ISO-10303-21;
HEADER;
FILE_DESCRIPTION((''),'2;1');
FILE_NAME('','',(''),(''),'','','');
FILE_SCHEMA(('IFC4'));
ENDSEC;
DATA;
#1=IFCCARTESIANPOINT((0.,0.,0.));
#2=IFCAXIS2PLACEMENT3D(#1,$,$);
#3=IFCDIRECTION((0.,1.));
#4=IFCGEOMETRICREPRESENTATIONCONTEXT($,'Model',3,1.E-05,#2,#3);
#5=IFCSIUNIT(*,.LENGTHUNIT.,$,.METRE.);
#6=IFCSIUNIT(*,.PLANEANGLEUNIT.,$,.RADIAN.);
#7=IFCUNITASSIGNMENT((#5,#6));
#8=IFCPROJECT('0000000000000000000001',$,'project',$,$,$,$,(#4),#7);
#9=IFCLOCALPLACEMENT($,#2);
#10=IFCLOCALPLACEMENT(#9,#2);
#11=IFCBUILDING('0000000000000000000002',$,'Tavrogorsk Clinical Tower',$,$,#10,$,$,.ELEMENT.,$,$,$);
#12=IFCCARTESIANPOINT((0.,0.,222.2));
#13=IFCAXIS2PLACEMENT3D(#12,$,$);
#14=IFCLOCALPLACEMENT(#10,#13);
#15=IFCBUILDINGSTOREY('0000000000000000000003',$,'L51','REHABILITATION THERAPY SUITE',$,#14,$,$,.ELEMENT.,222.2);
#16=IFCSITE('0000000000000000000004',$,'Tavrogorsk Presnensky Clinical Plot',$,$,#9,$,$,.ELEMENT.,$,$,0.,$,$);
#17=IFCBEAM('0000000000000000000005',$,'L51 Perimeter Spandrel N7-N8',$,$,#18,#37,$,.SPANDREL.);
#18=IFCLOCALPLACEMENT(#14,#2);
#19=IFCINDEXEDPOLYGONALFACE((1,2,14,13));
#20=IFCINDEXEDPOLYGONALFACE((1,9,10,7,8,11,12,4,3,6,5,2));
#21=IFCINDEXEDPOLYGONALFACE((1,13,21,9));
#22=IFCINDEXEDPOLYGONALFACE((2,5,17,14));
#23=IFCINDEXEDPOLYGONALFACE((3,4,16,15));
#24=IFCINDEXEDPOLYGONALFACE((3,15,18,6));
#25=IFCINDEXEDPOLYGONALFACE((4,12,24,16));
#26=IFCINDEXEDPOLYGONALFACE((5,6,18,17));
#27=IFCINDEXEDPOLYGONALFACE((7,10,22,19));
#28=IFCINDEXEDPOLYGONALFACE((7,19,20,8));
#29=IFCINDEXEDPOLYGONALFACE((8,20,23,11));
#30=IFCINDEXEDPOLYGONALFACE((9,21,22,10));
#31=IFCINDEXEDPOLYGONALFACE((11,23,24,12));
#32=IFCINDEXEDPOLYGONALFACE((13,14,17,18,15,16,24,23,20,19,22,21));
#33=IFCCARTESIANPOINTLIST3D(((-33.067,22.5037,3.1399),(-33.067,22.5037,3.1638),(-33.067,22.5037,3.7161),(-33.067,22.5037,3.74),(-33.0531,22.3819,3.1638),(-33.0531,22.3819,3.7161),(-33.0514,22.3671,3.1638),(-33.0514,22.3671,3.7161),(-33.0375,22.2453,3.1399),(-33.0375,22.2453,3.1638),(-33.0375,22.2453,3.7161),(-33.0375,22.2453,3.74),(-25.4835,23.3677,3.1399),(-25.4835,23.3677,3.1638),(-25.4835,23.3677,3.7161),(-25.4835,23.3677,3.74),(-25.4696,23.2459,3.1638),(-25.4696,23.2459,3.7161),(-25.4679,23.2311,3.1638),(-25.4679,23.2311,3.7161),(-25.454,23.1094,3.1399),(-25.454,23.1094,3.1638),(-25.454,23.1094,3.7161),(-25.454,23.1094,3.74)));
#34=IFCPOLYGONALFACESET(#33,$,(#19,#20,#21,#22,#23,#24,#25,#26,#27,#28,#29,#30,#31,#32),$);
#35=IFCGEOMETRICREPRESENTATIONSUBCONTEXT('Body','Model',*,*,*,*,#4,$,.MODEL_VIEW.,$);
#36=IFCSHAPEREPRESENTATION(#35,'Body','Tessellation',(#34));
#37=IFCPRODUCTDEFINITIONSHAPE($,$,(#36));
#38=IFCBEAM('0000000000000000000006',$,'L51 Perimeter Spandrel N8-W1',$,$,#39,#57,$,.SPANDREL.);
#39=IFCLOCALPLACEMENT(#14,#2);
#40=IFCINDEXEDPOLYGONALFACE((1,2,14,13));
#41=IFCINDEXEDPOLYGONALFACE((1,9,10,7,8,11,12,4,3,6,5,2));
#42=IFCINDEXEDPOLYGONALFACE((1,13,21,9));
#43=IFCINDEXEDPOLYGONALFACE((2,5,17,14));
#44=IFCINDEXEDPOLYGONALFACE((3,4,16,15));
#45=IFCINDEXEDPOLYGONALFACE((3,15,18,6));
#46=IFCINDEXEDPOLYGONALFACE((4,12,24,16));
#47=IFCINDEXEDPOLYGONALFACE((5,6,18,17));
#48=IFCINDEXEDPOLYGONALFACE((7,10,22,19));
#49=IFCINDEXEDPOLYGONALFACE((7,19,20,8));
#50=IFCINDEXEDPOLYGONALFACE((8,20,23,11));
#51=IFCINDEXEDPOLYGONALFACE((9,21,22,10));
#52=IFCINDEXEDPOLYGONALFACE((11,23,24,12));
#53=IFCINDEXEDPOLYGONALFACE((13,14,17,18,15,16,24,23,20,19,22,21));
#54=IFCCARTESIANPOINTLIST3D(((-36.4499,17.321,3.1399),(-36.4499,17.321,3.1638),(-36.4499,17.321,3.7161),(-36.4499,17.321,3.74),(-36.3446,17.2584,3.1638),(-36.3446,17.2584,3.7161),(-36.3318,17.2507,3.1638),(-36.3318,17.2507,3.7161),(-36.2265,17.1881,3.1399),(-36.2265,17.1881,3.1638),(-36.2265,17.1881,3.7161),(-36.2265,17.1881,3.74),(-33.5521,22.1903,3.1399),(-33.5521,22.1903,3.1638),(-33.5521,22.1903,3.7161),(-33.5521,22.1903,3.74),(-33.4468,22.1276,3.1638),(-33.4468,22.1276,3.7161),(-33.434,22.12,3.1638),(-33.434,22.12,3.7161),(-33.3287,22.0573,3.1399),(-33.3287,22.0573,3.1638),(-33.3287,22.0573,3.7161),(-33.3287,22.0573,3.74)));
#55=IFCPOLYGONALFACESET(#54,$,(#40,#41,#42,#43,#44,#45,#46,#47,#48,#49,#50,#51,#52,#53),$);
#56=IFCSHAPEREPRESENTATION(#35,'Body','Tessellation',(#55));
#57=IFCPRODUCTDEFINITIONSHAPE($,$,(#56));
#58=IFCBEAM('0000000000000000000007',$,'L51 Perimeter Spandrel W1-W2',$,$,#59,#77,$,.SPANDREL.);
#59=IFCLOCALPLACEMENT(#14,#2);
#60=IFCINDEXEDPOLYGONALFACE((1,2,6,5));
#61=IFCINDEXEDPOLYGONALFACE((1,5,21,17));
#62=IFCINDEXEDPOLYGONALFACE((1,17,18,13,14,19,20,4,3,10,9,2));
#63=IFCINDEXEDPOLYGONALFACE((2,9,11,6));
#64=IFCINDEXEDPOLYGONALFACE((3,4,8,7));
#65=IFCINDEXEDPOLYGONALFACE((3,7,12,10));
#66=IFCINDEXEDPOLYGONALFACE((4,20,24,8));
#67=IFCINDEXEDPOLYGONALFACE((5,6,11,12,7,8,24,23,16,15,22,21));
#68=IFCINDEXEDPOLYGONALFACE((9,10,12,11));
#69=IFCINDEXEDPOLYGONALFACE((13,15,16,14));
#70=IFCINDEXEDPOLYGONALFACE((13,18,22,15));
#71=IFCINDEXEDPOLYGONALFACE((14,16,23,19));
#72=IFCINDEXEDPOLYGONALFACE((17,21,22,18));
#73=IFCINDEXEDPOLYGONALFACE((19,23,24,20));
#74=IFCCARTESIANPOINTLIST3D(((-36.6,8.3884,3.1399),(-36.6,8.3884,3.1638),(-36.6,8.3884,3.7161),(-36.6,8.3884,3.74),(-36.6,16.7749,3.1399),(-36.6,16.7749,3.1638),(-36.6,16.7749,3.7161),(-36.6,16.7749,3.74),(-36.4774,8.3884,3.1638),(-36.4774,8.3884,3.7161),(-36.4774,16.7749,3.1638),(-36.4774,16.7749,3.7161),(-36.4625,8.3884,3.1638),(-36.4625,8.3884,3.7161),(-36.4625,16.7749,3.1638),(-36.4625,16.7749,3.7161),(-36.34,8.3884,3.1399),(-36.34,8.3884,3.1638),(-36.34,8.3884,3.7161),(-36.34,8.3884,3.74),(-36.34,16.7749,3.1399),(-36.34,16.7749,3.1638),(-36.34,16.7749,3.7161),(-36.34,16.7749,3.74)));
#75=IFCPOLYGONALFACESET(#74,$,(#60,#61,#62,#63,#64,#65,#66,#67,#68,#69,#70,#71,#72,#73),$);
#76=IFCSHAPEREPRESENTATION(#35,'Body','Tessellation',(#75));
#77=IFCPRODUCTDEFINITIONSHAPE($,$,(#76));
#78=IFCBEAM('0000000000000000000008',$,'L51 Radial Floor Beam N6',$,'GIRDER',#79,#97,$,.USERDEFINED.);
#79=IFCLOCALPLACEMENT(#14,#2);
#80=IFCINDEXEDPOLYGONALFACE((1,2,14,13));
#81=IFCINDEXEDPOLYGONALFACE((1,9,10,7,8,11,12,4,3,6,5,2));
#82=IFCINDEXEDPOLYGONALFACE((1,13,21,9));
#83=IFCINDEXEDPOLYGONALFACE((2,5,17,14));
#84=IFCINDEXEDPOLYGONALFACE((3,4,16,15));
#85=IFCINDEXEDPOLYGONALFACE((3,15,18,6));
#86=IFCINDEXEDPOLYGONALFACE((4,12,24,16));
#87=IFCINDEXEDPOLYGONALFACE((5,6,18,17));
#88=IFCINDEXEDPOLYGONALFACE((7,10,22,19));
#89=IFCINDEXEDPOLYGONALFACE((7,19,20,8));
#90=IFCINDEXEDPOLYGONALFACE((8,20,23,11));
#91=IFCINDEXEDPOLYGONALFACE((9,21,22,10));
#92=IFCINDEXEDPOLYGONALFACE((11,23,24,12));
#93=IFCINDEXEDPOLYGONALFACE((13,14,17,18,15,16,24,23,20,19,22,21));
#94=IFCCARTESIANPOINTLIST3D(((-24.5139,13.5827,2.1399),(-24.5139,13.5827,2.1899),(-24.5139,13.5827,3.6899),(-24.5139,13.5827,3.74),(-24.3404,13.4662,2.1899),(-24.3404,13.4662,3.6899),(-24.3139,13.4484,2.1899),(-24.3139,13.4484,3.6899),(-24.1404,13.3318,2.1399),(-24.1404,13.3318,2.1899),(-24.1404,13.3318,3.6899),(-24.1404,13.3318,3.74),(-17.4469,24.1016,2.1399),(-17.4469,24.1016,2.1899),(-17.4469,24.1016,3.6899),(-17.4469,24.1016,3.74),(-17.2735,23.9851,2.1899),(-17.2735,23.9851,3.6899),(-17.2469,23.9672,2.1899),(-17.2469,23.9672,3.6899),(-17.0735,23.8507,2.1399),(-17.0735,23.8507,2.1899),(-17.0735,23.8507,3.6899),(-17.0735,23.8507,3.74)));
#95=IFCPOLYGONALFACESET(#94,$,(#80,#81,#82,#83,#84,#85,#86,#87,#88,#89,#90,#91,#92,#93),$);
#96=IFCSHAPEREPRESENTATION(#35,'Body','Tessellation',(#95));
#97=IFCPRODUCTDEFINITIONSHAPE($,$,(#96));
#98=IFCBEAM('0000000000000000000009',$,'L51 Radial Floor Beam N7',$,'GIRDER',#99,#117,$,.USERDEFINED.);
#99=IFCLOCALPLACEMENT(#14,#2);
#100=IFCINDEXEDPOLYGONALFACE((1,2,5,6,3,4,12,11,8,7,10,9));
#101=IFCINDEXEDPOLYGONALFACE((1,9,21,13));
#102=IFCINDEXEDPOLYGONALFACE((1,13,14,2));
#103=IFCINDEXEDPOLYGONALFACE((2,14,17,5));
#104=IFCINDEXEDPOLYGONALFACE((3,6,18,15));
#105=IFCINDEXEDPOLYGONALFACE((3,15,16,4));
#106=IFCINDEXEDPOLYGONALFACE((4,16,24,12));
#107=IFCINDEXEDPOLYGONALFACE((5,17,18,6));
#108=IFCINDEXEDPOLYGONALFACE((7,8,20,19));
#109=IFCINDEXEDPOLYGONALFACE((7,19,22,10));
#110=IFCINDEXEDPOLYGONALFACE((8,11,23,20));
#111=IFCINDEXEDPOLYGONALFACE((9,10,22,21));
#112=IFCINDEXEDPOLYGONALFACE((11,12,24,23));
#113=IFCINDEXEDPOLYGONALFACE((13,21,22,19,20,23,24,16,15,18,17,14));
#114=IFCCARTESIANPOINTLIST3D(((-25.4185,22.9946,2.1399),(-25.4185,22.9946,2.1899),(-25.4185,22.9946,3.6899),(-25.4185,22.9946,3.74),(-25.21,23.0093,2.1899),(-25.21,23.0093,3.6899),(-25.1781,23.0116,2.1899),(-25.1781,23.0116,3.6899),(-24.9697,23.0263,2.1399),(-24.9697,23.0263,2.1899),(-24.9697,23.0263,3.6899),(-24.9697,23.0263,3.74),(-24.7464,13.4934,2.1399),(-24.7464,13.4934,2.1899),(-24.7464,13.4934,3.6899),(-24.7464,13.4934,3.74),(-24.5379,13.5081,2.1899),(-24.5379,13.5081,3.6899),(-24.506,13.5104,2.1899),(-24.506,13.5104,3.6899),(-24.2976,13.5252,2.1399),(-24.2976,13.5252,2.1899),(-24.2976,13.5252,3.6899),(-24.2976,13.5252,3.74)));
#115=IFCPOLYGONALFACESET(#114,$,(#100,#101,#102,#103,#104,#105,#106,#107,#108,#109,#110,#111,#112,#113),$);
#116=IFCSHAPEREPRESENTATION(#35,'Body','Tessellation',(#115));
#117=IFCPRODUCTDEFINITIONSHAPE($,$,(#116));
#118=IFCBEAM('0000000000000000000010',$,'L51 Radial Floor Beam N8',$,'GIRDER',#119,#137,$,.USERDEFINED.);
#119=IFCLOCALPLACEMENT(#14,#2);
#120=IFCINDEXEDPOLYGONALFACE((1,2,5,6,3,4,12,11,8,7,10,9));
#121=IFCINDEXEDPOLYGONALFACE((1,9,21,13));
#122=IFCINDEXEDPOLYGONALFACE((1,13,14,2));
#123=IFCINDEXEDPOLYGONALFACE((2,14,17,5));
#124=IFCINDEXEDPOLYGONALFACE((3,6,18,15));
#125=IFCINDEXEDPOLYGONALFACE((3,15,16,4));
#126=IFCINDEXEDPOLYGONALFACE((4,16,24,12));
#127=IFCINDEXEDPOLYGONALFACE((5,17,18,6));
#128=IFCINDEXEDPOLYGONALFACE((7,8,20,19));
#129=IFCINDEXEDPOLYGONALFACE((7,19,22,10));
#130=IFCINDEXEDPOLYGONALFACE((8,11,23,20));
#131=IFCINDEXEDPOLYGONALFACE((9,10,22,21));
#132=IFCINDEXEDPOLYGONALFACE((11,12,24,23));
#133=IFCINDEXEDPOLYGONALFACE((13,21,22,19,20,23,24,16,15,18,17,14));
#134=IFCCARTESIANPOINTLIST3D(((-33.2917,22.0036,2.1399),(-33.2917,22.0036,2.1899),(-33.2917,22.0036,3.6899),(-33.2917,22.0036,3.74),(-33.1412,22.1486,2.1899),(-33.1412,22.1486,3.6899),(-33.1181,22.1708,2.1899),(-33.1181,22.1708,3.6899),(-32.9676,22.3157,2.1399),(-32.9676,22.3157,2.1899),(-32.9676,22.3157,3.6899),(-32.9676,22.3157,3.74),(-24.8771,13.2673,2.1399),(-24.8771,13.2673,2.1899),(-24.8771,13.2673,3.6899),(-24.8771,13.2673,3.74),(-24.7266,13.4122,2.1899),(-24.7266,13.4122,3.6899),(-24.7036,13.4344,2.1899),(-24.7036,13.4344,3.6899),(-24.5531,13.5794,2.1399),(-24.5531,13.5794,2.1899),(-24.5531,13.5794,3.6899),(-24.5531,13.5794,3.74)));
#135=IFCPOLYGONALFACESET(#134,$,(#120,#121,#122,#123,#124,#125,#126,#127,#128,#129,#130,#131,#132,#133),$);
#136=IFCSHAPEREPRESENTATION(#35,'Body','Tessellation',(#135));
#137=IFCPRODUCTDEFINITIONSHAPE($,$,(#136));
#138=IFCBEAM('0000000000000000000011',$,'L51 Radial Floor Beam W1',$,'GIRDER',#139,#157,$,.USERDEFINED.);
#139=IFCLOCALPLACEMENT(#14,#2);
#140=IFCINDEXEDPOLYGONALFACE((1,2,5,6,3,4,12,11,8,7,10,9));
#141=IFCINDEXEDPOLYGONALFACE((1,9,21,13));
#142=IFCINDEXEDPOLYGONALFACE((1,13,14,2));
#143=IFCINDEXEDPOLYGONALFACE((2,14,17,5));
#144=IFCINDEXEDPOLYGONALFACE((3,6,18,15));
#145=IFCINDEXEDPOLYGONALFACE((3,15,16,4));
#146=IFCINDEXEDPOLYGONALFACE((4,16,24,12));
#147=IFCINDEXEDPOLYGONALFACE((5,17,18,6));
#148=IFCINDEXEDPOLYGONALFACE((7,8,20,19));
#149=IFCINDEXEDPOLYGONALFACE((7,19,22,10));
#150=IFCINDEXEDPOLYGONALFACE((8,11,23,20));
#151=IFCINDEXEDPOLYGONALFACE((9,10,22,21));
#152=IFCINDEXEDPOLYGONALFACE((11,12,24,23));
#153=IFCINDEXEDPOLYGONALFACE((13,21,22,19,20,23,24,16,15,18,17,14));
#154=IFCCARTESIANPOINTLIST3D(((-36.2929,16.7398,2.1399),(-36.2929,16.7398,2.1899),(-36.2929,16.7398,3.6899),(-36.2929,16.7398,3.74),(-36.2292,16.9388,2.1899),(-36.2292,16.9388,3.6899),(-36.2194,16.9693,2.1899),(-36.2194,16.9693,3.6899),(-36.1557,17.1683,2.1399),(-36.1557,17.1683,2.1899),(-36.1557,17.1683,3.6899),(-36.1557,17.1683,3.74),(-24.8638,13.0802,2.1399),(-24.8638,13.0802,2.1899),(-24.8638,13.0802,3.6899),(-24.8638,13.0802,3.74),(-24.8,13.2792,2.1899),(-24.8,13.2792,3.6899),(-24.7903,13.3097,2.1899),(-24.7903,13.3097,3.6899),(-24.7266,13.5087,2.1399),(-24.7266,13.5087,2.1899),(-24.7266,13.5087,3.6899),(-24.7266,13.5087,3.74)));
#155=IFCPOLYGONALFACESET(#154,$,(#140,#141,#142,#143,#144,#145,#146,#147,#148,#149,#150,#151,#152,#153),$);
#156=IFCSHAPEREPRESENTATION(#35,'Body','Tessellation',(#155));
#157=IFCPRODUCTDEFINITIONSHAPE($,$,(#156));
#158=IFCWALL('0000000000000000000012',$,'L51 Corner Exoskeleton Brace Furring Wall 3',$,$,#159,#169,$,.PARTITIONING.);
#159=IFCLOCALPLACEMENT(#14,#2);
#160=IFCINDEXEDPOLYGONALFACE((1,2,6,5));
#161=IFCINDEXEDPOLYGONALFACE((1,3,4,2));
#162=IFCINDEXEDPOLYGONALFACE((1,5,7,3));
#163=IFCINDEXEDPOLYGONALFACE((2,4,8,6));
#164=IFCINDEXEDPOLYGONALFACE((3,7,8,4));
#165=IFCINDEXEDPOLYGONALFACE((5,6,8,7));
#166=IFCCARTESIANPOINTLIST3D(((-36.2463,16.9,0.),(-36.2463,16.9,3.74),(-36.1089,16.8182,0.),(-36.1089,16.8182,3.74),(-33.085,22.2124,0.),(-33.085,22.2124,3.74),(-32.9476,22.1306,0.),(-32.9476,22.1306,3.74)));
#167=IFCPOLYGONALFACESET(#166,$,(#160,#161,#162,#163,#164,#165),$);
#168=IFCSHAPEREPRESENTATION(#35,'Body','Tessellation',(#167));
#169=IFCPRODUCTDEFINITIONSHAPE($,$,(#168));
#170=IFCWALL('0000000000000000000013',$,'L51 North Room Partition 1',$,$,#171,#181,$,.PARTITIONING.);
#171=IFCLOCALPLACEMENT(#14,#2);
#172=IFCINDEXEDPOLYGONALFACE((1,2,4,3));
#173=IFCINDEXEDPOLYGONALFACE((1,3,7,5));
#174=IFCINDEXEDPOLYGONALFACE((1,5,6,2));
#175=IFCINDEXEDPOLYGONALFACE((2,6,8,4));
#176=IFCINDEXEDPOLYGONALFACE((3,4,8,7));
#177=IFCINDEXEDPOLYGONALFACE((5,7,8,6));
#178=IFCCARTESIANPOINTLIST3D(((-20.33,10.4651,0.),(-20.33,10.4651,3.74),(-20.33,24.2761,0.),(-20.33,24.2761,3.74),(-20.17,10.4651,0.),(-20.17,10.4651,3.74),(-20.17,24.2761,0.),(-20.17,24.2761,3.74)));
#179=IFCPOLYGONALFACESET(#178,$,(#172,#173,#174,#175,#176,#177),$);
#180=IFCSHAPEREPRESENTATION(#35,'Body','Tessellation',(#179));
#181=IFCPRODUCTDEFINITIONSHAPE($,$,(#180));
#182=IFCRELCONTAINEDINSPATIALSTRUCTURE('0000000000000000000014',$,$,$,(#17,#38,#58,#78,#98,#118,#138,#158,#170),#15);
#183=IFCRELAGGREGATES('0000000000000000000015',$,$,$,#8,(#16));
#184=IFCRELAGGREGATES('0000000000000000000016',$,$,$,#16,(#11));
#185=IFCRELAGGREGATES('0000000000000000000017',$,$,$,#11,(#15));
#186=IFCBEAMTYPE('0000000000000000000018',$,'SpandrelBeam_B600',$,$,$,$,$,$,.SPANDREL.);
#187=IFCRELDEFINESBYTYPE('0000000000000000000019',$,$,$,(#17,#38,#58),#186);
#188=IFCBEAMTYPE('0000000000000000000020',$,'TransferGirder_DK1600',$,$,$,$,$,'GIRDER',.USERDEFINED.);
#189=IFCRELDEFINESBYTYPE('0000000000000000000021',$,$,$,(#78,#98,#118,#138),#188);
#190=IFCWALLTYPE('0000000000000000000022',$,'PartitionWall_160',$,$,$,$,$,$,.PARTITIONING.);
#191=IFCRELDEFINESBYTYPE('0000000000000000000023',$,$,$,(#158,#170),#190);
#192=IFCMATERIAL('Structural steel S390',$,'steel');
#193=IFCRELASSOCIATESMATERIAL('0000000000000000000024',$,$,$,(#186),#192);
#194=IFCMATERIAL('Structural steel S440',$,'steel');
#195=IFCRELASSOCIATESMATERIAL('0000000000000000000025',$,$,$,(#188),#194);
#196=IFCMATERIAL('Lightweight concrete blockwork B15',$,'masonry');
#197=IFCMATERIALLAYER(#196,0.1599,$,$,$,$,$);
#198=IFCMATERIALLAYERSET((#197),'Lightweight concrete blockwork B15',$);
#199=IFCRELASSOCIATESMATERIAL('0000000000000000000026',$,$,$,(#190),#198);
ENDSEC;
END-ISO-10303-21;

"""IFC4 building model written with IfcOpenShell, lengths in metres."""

from ifc_helpers import new_model, si_unit, direction, frame, frame_2d, origin, origin_2d, place, context, subcontext, project, spatial, rectangle, i_section, extrude, material, layer, layer_set, material_profile, profile_set, type_object, element, save


model = new_model("IFC4")

# Units and contexts
model_context = context("Model", 3, precision=1e-05, world=origin(), true_north=direction((0.0, 1.0)))
body_context = subcontext(model_context, "Body", "Model", "MODEL_VIEW")
ifc_project = project(units=[si_unit("LENGTHUNIT", "METRE"), si_unit("PLANEANGLEUNIT", "RADIAN")], contexts=[model_context])

# Site, building, storey
site_placement = place(None, origin())
site = spatial("IfcSite", under=ifc_project, at=site_placement, Name="Tavrogorsk Presnensky Clinical Plot", CompositionType="ELEMENT", RefElevation=0.0)
building_placement = place(site_placement, origin())
building = spatial("IfcBuilding", under=site, at=building_placement, Name="Tavrogorsk Clinical Tower", CompositionType="ELEMENT")
storey_placement = place(building_placement, frame((0.0, 0.0, 222.2)))
storey = spatial("IfcBuildingStorey", under=building, at=storey_placement, Name="L51", Description="REHABILITATION THERAPY SUITE", CompositionType="ELEMENT", Elevation=222.2)

# Beams
ifc_material_1 = material(Name="Structural steel S390", Category="steel")
ifc_material_profile_1 = material_profile(ifc_material_1, i_section(OverallWidth=0.26, OverallDepth=0.6001, WebThickness=0.0149, FlangeThickness=0.0239, at=origin_2d()), Name="B-600x260x15x24")
ifc_profile_set_1 = profile_set([ifc_material_profile_1], Name="Structural steel S390")
beam_type_1 = type_object("IfcBeamType", Name="SpandrelBeam_B600", PredefinedType="SPANDREL", material=ifc_profile_set_1)
for number, where, z_axis, x_axis, name in (
    (1, (-25.4688, 23.2385, 3.4399), (-0.993572, -0.113201, 0.0), (0.113201, -0.993572, 0.0), "L51 Perimeter Spandrel N7-N8"),
):
    element("IfcBeam", number, at=place(storey_placement, frame(where, z_axis=z_axis, x_axis=x_axis)), inside=storey, type_object=beam_type_1, Name=name, PredefinedType="SPANDREL", context=body_context, shape_type="SweptSolid", body=[
        extrude(i_section(OverallWidth=0.26, OverallDepth=0.6001, WebThickness=0.0149, FlangeThickness=0.0239, at=origin_2d()), origin(), (0.0, 0.0, 1.0), 7.6326),
    ])
beam_1_placement = place(storey_placement, frame((-33.4404, 22.1238, 3.4399), z_axis=(-0.511407, -0.859339, 0.0), x_axis=(0.859339, -0.511407, 0.0)))
element("IfcBeam", 2, at=beam_1_placement, inside=storey, type_object=beam_type_1, Name="L51 Perimeter Spandrel N8-W1", PredefinedType="SPANDREL", context=body_context, shape_type="SweptSolid", body=[
    extrude(i_section(OverallWidth=0.26, OverallDepth=0.6001, WebThickness=0.0149, FlangeThickness=0.0239, at=origin_2d()), origin(), (0.0, 0.0, 1.0), 5.6663),
])
beam_2_placement = place(storey_placement, frame((-36.47, 16.7749, 3.4399), z_axis=(0.0, -1.0, 0.0), x_axis=(1.0, 0.0, 0.0)))
element("IfcBeam", 3, at=beam_2_placement, inside=storey, type_object=beam_type_1, Name="L51 Perimeter Spandrel W1-W2", PredefinedType="SPANDREL", context=body_context, shape_type="SweptSolid", body=[
    extrude(i_section(OverallWidth=0.26, OverallDepth=0.6001, WebThickness=0.0149, FlangeThickness=0.0239, at=origin_2d()), origin(), (0.0, 0.0, 1.0), 8.3865),
])
ifc_material_2 = material(Name="Structural steel S440", Category="steel")
ifc_material_profile_2 = material_profile(ifc_material_2, i_section(OverallWidth=0.45, OverallDepth=1.6001, WebThickness=0.032, FlangeThickness=0.05, at=origin_2d()), Name="DK-1600x450x32x50")
ifc_profile_set_2 = profile_set([ifc_material_profile_2], Name="Structural steel S440")
beam_type_2 = type_object("IfcBeamType", Name="TransferGirder_DK1600", ElementType="GIRDER", PredefinedType="USERDEFINED", material=ifc_profile_set_2)
beam_3_placement = place(storey_placement, frame((-24.3271, 13.4573, 2.9399), z_axis=(0.557667, 0.830065, 0.0), x_axis=(-0.830065, 0.557667, 0.0)))
element("IfcBeam", 4, at=beam_3_placement, inside=storey, type_object=beam_type_2, Name="L51 Radial Floor Beam N6", ObjectType="GIRDER", PredefinedType="USERDEFINED", context=body_context, shape_type="SweptSolid", body=[
    extrude(i_section(OverallWidth=0.45, OverallDepth=1.6001, WebThickness=0.032, FlangeThickness=0.05, at=origin_2d()), origin(), (0.0, 0.0, 1.0), 12.6724),
])
beam_4_placement = place(storey_placement, frame((-24.522, 13.5093, 2.9399), z_axis=(-0.070564, 0.997507, 0.0), x_axis=(-0.997507, -0.070564, 0.0)))
element("IfcBeam", 5, at=beam_4_placement, inside=storey, type_object=beam_type_2, Name="L51 Radial Floor Beam N7", ObjectType="GIRDER", PredefinedType="USERDEFINED", context=body_context, shape_type="SweptSolid", body=[
    extrude(i_section(OverallWidth=0.45, OverallDepth=1.6001, WebThickness=0.032, FlangeThickness=0.05, at=origin_2d()), origin(), (0.0, 0.0, 1.0), 9.5249),
])
beam_5_placement = place(storey_placement, frame((-24.7151, 13.4233, 2.9399), z_axis=(-0.693718, 0.720246, 0.0), x_axis=(-0.720246, -0.693718, 0.0)))
element("IfcBeam", 6, at=beam_5_placement, inside=storey, type_object=beam_type_2, Name="L51 Radial Floor Beam N8", ObjectType="GIRDER", PredefinedType="USERDEFINED", context=body_context, shape_type="SweptSolid", body=[
    extrude(i_section(OverallWidth=0.45, OverallDepth=1.6001, WebThickness=0.032, FlangeThickness=0.05, at=origin_2d()), origin(), (0.0, 0.0, 1.0), 12.1296),
])
beam_6_placement = place(storey_placement, frame((-24.7952, 13.2944, 2.9399), z_axis=(-0.952368, 0.304951, 0.0), x_axis=(-0.304951, -0.952368, 0.0)))
element("IfcBeam", 7, at=beam_6_placement, inside=storey, type_object=beam_type_2, Name="L51 Radial Floor Beam W1", ObjectType="GIRDER", PredefinedType="USERDEFINED", context=body_context, shape_type="SweptSolid", body=[
    extrude(i_section(OverallWidth=0.45, OverallDepth=1.6001, WebThickness=0.032, FlangeThickness=0.05, at=origin_2d()), origin(), (0.0, 0.0, 1.0), 12.0007),
])

# Walls
ifc_material_3 = material(Name="Lightweight concrete blockwork B15", Category="masonry")
ifc_layer_1 = layer(ifc_material_3, 0.1599)
ifc_layer_set_1 = layer_set([ifc_layer_1], Name="Lightweight concrete blockwork B15")
wall_type_1 = type_object("IfcWallType", Name="PartitionWall_160", PredefinedType="PARTITIONING", material=ifc_layer_set_1)
wall_1_placement = place(storey_placement, frame((-33.0164, 22.1714, 0.0), z_axis=(0.0, 0.0, 1.0), x_axis=(-0.511385, -0.859352, 0.0)))
element("IfcWall", 8, at=wall_1_placement, inside=storey, type_object=wall_type_1, Name="L51 Corner Exoskeleton Brace Furring Wall 3", PredefinedType="PARTITIONING", context=body_context, shape_type="SweptSolid", body=[
    extrude(rectangle(XDim=6.1819, YDim=0.1599, at=frame_2d((3.0908, 0.0))), origin(), (0.0, 0.0, 1.0), 3.74),
])
wall_2_placement = place(storey_placement, frame((-20.25, 10.4651, 0.0), z_axis=(0.0, 0.0, 1.0), x_axis=(0.0, 1.0, 0.0)))
element("IfcWall", 9, at=wall_2_placement, inside=storey, type_object=wall_type_1, Name="L51 North Room Partition 1", PredefinedType="PARTITIONING", context=body_context, shape_type="SweptSolid", body=[
    extrude(rectangle(XDim=13.811, YDim=0.1599, at=frame_2d((6.9055, 0.0))), origin(), (0.0, 0.0, 1.0), 3.74),
])

save(model, "model.ifc")
